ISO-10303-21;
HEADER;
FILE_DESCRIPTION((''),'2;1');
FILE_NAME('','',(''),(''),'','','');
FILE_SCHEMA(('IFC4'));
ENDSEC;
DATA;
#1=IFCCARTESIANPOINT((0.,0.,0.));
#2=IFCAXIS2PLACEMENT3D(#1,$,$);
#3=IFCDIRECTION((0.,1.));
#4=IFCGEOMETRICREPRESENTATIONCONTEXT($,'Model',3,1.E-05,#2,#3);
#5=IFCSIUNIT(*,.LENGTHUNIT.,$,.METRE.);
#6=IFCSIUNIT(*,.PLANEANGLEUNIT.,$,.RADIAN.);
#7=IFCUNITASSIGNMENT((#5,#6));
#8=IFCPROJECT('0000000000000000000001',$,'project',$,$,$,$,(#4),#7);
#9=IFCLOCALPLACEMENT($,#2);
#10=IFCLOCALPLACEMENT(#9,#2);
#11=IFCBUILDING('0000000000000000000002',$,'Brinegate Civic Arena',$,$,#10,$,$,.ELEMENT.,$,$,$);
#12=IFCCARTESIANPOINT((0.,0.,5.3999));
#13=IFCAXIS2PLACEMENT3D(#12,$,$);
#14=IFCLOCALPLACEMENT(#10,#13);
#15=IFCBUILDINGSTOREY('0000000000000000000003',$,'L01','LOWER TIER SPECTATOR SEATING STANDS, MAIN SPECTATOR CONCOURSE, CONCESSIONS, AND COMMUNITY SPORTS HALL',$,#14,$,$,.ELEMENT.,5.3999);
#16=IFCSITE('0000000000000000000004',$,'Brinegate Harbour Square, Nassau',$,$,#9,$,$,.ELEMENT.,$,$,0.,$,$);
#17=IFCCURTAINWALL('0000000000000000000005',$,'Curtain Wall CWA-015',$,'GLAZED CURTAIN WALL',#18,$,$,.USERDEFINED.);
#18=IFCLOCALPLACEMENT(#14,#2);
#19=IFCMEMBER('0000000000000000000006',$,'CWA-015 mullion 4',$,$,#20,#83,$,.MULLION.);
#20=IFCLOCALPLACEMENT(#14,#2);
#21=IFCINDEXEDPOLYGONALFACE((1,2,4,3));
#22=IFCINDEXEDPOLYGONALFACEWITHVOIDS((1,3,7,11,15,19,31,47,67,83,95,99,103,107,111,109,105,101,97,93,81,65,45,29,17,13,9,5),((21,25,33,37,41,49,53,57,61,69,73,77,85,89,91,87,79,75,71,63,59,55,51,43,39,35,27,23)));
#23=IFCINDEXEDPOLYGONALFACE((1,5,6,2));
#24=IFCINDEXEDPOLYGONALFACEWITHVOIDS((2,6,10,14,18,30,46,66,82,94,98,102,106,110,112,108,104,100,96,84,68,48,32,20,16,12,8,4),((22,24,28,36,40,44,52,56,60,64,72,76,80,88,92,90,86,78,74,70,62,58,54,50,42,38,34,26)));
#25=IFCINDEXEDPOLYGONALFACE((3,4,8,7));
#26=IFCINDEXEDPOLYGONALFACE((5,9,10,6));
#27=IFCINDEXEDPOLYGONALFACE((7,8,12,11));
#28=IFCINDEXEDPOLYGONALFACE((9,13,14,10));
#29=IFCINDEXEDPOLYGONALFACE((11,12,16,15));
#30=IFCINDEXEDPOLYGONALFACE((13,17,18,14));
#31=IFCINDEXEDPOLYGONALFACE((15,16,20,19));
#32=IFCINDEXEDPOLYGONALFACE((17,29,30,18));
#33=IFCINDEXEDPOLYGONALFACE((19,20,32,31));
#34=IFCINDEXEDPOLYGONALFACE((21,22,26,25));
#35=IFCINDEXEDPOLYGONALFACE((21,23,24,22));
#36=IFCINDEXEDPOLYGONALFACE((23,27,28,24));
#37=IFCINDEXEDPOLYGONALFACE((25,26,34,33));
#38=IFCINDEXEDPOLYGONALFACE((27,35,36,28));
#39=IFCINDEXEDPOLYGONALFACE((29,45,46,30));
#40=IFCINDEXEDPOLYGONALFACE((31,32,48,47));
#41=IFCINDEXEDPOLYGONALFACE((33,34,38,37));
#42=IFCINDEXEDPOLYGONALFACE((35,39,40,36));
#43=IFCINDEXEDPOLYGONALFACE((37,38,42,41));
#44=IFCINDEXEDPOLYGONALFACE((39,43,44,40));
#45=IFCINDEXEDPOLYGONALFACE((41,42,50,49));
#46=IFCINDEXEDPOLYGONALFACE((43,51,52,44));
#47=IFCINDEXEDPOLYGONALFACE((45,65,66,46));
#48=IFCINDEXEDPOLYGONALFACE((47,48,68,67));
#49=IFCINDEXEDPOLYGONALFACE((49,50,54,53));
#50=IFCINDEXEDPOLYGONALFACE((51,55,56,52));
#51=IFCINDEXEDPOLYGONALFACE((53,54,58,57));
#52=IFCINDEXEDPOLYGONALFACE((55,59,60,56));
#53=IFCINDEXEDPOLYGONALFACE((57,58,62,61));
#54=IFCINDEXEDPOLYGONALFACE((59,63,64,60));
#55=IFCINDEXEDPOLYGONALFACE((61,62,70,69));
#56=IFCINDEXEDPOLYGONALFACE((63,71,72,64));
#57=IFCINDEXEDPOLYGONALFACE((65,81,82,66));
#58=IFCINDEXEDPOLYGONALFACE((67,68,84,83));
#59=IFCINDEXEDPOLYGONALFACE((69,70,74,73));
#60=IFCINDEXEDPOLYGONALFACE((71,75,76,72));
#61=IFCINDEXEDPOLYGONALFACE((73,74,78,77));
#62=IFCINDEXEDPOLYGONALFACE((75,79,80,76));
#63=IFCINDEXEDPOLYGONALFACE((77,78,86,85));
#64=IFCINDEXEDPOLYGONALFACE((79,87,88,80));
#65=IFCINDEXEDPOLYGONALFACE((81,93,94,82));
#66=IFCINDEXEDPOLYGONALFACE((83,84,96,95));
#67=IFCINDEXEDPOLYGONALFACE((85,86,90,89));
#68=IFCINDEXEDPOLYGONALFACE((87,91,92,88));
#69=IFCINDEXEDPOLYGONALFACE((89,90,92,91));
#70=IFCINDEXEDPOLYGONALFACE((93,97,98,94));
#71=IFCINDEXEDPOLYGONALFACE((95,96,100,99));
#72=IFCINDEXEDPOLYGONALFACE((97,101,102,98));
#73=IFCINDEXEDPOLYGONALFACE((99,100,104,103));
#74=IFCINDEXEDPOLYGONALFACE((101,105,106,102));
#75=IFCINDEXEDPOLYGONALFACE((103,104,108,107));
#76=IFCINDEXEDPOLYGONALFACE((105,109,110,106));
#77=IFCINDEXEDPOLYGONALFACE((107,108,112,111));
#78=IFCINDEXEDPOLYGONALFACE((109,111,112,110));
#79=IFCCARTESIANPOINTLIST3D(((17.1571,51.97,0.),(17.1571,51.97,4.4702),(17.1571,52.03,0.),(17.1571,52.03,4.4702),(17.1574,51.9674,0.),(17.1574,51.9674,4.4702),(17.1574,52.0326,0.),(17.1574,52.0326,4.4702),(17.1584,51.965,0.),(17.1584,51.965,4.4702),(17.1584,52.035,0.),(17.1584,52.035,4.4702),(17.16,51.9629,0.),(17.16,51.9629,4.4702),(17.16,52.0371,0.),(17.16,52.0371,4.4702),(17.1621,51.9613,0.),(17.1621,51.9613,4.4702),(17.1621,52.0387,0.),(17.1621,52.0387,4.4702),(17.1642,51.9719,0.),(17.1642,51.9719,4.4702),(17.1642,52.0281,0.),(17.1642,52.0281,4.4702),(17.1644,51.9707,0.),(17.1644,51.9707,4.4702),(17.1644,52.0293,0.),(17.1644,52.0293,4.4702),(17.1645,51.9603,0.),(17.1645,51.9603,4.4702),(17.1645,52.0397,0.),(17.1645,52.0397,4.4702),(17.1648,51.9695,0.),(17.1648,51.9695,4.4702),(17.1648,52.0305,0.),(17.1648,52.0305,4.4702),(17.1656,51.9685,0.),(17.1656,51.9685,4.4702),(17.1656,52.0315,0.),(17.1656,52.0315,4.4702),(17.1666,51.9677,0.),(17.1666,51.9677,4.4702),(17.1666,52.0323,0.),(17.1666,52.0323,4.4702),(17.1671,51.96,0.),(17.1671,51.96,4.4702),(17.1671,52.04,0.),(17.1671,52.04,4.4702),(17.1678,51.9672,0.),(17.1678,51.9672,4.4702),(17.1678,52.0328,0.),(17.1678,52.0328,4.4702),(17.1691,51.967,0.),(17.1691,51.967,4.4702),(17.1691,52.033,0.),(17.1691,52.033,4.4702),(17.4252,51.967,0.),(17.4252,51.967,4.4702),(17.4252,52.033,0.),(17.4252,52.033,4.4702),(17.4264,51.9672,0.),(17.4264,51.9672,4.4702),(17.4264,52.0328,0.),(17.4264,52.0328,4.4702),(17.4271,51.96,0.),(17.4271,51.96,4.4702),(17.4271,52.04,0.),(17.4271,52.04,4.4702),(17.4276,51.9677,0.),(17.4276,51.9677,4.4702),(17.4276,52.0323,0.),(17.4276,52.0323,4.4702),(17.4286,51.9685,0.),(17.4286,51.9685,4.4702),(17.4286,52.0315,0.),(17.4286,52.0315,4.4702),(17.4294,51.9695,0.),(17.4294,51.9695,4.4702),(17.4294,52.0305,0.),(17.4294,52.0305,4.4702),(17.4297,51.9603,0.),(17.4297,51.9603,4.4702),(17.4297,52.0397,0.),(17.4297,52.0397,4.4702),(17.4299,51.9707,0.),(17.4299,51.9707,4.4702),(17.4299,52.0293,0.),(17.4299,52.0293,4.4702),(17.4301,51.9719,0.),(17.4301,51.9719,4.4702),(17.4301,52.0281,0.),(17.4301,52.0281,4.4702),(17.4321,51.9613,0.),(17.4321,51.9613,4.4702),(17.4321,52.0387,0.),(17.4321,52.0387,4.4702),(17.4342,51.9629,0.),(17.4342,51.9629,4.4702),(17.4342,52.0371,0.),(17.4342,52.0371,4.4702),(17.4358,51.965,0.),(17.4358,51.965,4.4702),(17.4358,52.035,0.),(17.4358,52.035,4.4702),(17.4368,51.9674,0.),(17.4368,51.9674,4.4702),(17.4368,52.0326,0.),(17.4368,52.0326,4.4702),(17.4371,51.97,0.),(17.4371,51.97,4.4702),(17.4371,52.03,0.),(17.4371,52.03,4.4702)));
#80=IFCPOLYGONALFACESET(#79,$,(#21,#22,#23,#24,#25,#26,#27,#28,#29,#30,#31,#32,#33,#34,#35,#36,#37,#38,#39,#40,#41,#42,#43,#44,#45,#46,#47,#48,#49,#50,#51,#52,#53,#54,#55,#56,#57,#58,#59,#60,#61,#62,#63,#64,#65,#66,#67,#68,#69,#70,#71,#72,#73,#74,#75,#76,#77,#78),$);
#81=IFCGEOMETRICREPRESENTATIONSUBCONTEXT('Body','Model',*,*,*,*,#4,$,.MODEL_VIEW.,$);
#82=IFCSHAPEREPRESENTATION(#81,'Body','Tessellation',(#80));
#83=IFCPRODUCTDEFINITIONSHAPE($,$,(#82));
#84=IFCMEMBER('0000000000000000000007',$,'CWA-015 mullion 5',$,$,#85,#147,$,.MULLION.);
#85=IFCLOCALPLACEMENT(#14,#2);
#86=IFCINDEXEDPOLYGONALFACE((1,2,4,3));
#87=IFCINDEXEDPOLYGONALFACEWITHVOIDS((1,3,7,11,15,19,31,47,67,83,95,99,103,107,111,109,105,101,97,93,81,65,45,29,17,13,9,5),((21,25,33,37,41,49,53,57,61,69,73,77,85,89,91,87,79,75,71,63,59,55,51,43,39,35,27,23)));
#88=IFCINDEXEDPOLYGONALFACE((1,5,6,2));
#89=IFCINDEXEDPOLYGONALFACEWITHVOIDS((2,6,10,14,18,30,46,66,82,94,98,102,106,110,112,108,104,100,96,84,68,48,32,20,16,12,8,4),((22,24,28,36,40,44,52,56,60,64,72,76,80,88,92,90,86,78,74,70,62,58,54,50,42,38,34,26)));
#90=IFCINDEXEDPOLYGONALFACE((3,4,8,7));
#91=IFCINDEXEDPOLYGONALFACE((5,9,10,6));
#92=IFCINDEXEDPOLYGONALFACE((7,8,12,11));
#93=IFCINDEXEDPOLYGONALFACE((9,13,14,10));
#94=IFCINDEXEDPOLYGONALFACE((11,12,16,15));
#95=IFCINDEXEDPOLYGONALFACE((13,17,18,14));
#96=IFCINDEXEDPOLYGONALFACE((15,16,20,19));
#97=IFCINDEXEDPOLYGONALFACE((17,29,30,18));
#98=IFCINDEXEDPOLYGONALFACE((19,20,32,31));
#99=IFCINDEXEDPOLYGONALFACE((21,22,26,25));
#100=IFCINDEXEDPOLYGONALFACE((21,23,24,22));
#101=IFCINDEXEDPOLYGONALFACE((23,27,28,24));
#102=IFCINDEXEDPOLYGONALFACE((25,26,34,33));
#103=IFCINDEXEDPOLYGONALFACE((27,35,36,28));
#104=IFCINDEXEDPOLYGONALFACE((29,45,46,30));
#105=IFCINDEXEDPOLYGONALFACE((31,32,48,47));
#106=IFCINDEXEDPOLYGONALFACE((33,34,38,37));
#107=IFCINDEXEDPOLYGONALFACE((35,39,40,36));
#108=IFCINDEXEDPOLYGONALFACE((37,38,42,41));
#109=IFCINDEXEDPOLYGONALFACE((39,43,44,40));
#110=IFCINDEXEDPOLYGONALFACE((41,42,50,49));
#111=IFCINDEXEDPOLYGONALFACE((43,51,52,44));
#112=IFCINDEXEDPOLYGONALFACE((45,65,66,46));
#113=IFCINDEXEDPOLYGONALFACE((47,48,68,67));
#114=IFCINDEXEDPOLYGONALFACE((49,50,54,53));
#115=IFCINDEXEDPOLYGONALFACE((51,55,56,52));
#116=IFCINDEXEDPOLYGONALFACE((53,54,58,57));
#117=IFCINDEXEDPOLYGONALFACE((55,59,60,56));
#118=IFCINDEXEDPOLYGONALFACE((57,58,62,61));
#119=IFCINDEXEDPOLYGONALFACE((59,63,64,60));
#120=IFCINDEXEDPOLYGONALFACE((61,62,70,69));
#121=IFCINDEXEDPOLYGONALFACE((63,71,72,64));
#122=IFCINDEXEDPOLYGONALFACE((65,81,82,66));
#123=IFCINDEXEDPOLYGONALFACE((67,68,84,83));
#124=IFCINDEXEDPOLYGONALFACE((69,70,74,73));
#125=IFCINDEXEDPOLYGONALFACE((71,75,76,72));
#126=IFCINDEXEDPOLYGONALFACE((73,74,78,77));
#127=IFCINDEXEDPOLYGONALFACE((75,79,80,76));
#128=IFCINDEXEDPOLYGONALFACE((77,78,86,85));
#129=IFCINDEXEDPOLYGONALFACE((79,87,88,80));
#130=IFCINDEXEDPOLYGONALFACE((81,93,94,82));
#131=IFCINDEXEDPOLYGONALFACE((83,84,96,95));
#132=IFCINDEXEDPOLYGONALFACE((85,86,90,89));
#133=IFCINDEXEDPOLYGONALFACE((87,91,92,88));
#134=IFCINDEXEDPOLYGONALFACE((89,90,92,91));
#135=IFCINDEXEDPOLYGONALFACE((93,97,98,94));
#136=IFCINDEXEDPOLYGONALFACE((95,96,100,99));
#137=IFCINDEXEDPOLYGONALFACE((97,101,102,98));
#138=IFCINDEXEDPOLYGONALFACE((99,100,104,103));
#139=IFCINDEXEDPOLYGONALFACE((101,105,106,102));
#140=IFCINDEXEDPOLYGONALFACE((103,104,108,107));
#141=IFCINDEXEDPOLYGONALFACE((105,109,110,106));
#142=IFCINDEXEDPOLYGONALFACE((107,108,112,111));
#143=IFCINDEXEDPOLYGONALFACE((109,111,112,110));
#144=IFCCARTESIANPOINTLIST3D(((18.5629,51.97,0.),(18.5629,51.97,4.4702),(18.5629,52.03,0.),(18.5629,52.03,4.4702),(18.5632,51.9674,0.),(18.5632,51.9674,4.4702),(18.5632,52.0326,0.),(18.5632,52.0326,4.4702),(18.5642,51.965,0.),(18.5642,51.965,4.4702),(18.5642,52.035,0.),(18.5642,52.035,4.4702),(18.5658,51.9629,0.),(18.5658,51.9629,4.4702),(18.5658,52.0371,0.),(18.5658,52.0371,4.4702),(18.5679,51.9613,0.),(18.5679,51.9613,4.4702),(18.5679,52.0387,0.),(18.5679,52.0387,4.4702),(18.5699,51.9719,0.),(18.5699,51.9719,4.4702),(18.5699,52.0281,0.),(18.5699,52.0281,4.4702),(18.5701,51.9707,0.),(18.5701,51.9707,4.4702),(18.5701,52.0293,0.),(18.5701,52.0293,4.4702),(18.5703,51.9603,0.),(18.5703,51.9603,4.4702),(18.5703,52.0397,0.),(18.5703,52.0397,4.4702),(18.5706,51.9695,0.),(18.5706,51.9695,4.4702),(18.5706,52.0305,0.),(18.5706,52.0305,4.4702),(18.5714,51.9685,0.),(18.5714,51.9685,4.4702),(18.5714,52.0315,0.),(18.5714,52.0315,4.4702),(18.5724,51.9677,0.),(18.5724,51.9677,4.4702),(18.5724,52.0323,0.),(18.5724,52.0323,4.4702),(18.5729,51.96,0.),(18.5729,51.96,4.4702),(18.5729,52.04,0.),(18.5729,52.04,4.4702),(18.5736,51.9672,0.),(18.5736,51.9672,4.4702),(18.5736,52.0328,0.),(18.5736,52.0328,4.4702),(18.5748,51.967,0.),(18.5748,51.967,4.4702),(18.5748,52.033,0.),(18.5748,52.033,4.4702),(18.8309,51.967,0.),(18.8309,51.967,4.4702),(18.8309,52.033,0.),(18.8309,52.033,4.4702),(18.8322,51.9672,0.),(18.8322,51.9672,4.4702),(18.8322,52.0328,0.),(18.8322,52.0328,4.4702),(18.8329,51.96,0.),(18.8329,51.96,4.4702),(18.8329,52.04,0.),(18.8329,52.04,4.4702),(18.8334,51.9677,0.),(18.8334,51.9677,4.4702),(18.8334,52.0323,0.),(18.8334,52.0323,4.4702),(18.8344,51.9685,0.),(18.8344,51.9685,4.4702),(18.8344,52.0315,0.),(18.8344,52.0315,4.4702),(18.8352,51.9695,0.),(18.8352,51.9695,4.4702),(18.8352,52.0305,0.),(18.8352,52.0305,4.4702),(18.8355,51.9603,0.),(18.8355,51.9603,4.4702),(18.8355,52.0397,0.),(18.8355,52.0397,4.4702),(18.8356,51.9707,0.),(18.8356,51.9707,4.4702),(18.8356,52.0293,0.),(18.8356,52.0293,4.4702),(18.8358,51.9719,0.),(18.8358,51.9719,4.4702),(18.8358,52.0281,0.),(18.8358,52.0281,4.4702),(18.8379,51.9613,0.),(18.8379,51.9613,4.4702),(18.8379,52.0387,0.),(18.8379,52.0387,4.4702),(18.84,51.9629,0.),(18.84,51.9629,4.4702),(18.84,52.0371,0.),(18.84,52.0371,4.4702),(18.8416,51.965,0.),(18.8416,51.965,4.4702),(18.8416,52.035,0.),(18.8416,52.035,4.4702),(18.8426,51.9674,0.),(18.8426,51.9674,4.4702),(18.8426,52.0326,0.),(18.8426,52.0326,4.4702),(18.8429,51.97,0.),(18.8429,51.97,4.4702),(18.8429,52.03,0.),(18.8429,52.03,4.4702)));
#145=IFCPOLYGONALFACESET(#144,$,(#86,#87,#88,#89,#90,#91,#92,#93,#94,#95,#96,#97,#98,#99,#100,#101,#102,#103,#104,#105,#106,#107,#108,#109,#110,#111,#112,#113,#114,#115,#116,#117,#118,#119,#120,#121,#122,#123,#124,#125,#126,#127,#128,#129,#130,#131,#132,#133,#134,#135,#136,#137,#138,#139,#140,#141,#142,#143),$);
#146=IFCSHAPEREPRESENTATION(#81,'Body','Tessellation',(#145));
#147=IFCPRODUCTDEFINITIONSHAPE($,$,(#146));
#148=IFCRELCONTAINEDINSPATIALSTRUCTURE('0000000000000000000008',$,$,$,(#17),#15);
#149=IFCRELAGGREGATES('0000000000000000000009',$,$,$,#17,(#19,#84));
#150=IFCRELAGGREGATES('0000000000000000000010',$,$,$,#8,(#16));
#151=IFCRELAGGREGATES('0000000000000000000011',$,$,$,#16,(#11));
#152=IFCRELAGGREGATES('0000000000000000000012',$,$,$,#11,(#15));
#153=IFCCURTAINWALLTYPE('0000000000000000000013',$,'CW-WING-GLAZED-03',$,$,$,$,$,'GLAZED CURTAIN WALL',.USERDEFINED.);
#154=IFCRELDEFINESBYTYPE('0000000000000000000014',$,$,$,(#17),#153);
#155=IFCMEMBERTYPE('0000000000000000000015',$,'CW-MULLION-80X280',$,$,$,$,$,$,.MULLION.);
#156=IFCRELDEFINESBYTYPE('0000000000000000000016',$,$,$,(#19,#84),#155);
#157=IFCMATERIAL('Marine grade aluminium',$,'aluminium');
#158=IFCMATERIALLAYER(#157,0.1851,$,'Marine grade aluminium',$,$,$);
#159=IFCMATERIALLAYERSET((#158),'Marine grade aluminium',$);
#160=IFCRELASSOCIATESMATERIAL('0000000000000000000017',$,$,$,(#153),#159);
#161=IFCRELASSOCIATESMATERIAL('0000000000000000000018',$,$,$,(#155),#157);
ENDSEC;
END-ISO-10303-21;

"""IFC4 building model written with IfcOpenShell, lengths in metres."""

from ifc_helpers import new_model, si_unit, direction, frame, origin, origin_2d, place, context, subcontext, project, spatial, hollow_rectangle, extrude, material, layer, layer_set, material_profile, profile_set, type_object, element, aggregate, save


model = new_model("IFC4")

# Units and contexts
model_context = context("Model", 3, precision=1e-05, world=origin(), true_north=direction((0.0, 1.0)))
body_context = subcontext(model_context, "Body", "Model", "MODEL_VIEW")
ifc_project = project(units=[si_unit("LENGTHUNIT", "METRE"), si_unit("PLANEANGLEUNIT", "RADIAN")], contexts=[model_context])

# Site, building, storey
site_placement = place(None, origin())
site = spatial("IfcSite", under=ifc_project, at=site_placement, Name="Brinegate Harbour Square, Nassau", CompositionType="ELEMENT", RefElevation=0.0)
building_placement = place(site_placement, origin())
building = spatial("IfcBuilding", under=site, at=building_placement, Name="Brinegate Civic Arena", CompositionType="ELEMENT")
storey_placement = place(building_placement, frame((0.0, 0.0, 5.3999)))
storey = spatial("IfcBuildingStorey", under=building, at=storey_placement, Name="L01", Description="LOWER TIER SPECTATOR SEATING STANDS, MAIN SPECTATOR CONCOURSE, CONCESSIONS, AND COMMUNITY SPORTS HALL", CompositionType="ELEMENT", Elevation=5.3999)

# Curtain wall, members
ifc_material_1 = material(Name="Marine grade aluminium", Category="aluminium")
ifc_layer_1 = layer(ifc_material_1, 0.1851, Name="Marine grade aluminium")
ifc_layer_set_1 = layer_set([ifc_layer_1], Name="Marine grade aluminium")
curtain_wall_type = type_object("IfcCurtainWallType", Name="CW-WING-GLAZED-03", ElementType="GLAZED CURTAIN WALL", PredefinedType="USERDEFINED", material=ifc_layer_set_1)
curtain_wall_placement = place(storey_placement, origin())
curtain_wall = element("IfcCurtainWall", 1, at=curtain_wall_placement, inside=storey, type_object=curtain_wall_type, Name="Curtain Wall CWA-015", ObjectType="GLAZED CURTAIN WALL", PredefinedType="USERDEFINED")
ifc_material_profile_1 = material_profile(ifc_material_1, hollow_rectangle(XDim=0.0801, YDim=0.28, WallThickness=0.0071, InnerFilletRadius=0.0049, OuterFilletRadius=0.01, at=origin_2d()), Name="MUL80X280")
ifc_profile_set_1 = profile_set([ifc_material_profile_1], Name="Marine grade aluminium")
member_type_1 = type_object("IfcMemberType", Name="CW-MULLION-80X280", PredefinedType="MULLION", material=ifc_profile_set_1)
member_1_placement = place(storey_placement, frame((17.2971, 52.0, 0.0), z_axis=(0.0, 0.0, 1.0), x_axis=(0.0, 1.0, 0.0)))
member_1 = element("IfcMember", 2, at=member_1_placement, type_object=member_type_1, Name="CWA-015 mullion 4", PredefinedType="MULLION", context=body_context, shape_type="SweptSolid", body=[
    extrude(hollow_rectangle(XDim=0.0801, YDim=0.28, WallThickness=0.0071, InnerFilletRadius=0.0049, OuterFilletRadius=0.01, at=origin_2d()), origin(), (0.0, 0.0, 1.0), 4.4702),
])
member_2_placement = place(storey_placement, frame((18.7029, 52.0, 0.0), z_axis=(0.0, 0.0, 1.0), x_axis=(0.0, 1.0, 0.0)))
member_2 = element("IfcMember", 3, at=member_2_placement, type_object=member_type_1, Name="CWA-015 mullion 5", PredefinedType="MULLION", context=body_context, shape_type="SweptSolid", body=[
    extrude(hollow_rectangle(XDim=0.0801, YDim=0.28, WallThickness=0.0071, InnerFilletRadius=0.0049, OuterFilletRadius=0.01, at=origin_2d()), origin(), (0.0, 0.0, 1.0), 4.4702),
])
aggregate(curtain_wall, [member_1, member_2])

save(model, "model.ifc")
